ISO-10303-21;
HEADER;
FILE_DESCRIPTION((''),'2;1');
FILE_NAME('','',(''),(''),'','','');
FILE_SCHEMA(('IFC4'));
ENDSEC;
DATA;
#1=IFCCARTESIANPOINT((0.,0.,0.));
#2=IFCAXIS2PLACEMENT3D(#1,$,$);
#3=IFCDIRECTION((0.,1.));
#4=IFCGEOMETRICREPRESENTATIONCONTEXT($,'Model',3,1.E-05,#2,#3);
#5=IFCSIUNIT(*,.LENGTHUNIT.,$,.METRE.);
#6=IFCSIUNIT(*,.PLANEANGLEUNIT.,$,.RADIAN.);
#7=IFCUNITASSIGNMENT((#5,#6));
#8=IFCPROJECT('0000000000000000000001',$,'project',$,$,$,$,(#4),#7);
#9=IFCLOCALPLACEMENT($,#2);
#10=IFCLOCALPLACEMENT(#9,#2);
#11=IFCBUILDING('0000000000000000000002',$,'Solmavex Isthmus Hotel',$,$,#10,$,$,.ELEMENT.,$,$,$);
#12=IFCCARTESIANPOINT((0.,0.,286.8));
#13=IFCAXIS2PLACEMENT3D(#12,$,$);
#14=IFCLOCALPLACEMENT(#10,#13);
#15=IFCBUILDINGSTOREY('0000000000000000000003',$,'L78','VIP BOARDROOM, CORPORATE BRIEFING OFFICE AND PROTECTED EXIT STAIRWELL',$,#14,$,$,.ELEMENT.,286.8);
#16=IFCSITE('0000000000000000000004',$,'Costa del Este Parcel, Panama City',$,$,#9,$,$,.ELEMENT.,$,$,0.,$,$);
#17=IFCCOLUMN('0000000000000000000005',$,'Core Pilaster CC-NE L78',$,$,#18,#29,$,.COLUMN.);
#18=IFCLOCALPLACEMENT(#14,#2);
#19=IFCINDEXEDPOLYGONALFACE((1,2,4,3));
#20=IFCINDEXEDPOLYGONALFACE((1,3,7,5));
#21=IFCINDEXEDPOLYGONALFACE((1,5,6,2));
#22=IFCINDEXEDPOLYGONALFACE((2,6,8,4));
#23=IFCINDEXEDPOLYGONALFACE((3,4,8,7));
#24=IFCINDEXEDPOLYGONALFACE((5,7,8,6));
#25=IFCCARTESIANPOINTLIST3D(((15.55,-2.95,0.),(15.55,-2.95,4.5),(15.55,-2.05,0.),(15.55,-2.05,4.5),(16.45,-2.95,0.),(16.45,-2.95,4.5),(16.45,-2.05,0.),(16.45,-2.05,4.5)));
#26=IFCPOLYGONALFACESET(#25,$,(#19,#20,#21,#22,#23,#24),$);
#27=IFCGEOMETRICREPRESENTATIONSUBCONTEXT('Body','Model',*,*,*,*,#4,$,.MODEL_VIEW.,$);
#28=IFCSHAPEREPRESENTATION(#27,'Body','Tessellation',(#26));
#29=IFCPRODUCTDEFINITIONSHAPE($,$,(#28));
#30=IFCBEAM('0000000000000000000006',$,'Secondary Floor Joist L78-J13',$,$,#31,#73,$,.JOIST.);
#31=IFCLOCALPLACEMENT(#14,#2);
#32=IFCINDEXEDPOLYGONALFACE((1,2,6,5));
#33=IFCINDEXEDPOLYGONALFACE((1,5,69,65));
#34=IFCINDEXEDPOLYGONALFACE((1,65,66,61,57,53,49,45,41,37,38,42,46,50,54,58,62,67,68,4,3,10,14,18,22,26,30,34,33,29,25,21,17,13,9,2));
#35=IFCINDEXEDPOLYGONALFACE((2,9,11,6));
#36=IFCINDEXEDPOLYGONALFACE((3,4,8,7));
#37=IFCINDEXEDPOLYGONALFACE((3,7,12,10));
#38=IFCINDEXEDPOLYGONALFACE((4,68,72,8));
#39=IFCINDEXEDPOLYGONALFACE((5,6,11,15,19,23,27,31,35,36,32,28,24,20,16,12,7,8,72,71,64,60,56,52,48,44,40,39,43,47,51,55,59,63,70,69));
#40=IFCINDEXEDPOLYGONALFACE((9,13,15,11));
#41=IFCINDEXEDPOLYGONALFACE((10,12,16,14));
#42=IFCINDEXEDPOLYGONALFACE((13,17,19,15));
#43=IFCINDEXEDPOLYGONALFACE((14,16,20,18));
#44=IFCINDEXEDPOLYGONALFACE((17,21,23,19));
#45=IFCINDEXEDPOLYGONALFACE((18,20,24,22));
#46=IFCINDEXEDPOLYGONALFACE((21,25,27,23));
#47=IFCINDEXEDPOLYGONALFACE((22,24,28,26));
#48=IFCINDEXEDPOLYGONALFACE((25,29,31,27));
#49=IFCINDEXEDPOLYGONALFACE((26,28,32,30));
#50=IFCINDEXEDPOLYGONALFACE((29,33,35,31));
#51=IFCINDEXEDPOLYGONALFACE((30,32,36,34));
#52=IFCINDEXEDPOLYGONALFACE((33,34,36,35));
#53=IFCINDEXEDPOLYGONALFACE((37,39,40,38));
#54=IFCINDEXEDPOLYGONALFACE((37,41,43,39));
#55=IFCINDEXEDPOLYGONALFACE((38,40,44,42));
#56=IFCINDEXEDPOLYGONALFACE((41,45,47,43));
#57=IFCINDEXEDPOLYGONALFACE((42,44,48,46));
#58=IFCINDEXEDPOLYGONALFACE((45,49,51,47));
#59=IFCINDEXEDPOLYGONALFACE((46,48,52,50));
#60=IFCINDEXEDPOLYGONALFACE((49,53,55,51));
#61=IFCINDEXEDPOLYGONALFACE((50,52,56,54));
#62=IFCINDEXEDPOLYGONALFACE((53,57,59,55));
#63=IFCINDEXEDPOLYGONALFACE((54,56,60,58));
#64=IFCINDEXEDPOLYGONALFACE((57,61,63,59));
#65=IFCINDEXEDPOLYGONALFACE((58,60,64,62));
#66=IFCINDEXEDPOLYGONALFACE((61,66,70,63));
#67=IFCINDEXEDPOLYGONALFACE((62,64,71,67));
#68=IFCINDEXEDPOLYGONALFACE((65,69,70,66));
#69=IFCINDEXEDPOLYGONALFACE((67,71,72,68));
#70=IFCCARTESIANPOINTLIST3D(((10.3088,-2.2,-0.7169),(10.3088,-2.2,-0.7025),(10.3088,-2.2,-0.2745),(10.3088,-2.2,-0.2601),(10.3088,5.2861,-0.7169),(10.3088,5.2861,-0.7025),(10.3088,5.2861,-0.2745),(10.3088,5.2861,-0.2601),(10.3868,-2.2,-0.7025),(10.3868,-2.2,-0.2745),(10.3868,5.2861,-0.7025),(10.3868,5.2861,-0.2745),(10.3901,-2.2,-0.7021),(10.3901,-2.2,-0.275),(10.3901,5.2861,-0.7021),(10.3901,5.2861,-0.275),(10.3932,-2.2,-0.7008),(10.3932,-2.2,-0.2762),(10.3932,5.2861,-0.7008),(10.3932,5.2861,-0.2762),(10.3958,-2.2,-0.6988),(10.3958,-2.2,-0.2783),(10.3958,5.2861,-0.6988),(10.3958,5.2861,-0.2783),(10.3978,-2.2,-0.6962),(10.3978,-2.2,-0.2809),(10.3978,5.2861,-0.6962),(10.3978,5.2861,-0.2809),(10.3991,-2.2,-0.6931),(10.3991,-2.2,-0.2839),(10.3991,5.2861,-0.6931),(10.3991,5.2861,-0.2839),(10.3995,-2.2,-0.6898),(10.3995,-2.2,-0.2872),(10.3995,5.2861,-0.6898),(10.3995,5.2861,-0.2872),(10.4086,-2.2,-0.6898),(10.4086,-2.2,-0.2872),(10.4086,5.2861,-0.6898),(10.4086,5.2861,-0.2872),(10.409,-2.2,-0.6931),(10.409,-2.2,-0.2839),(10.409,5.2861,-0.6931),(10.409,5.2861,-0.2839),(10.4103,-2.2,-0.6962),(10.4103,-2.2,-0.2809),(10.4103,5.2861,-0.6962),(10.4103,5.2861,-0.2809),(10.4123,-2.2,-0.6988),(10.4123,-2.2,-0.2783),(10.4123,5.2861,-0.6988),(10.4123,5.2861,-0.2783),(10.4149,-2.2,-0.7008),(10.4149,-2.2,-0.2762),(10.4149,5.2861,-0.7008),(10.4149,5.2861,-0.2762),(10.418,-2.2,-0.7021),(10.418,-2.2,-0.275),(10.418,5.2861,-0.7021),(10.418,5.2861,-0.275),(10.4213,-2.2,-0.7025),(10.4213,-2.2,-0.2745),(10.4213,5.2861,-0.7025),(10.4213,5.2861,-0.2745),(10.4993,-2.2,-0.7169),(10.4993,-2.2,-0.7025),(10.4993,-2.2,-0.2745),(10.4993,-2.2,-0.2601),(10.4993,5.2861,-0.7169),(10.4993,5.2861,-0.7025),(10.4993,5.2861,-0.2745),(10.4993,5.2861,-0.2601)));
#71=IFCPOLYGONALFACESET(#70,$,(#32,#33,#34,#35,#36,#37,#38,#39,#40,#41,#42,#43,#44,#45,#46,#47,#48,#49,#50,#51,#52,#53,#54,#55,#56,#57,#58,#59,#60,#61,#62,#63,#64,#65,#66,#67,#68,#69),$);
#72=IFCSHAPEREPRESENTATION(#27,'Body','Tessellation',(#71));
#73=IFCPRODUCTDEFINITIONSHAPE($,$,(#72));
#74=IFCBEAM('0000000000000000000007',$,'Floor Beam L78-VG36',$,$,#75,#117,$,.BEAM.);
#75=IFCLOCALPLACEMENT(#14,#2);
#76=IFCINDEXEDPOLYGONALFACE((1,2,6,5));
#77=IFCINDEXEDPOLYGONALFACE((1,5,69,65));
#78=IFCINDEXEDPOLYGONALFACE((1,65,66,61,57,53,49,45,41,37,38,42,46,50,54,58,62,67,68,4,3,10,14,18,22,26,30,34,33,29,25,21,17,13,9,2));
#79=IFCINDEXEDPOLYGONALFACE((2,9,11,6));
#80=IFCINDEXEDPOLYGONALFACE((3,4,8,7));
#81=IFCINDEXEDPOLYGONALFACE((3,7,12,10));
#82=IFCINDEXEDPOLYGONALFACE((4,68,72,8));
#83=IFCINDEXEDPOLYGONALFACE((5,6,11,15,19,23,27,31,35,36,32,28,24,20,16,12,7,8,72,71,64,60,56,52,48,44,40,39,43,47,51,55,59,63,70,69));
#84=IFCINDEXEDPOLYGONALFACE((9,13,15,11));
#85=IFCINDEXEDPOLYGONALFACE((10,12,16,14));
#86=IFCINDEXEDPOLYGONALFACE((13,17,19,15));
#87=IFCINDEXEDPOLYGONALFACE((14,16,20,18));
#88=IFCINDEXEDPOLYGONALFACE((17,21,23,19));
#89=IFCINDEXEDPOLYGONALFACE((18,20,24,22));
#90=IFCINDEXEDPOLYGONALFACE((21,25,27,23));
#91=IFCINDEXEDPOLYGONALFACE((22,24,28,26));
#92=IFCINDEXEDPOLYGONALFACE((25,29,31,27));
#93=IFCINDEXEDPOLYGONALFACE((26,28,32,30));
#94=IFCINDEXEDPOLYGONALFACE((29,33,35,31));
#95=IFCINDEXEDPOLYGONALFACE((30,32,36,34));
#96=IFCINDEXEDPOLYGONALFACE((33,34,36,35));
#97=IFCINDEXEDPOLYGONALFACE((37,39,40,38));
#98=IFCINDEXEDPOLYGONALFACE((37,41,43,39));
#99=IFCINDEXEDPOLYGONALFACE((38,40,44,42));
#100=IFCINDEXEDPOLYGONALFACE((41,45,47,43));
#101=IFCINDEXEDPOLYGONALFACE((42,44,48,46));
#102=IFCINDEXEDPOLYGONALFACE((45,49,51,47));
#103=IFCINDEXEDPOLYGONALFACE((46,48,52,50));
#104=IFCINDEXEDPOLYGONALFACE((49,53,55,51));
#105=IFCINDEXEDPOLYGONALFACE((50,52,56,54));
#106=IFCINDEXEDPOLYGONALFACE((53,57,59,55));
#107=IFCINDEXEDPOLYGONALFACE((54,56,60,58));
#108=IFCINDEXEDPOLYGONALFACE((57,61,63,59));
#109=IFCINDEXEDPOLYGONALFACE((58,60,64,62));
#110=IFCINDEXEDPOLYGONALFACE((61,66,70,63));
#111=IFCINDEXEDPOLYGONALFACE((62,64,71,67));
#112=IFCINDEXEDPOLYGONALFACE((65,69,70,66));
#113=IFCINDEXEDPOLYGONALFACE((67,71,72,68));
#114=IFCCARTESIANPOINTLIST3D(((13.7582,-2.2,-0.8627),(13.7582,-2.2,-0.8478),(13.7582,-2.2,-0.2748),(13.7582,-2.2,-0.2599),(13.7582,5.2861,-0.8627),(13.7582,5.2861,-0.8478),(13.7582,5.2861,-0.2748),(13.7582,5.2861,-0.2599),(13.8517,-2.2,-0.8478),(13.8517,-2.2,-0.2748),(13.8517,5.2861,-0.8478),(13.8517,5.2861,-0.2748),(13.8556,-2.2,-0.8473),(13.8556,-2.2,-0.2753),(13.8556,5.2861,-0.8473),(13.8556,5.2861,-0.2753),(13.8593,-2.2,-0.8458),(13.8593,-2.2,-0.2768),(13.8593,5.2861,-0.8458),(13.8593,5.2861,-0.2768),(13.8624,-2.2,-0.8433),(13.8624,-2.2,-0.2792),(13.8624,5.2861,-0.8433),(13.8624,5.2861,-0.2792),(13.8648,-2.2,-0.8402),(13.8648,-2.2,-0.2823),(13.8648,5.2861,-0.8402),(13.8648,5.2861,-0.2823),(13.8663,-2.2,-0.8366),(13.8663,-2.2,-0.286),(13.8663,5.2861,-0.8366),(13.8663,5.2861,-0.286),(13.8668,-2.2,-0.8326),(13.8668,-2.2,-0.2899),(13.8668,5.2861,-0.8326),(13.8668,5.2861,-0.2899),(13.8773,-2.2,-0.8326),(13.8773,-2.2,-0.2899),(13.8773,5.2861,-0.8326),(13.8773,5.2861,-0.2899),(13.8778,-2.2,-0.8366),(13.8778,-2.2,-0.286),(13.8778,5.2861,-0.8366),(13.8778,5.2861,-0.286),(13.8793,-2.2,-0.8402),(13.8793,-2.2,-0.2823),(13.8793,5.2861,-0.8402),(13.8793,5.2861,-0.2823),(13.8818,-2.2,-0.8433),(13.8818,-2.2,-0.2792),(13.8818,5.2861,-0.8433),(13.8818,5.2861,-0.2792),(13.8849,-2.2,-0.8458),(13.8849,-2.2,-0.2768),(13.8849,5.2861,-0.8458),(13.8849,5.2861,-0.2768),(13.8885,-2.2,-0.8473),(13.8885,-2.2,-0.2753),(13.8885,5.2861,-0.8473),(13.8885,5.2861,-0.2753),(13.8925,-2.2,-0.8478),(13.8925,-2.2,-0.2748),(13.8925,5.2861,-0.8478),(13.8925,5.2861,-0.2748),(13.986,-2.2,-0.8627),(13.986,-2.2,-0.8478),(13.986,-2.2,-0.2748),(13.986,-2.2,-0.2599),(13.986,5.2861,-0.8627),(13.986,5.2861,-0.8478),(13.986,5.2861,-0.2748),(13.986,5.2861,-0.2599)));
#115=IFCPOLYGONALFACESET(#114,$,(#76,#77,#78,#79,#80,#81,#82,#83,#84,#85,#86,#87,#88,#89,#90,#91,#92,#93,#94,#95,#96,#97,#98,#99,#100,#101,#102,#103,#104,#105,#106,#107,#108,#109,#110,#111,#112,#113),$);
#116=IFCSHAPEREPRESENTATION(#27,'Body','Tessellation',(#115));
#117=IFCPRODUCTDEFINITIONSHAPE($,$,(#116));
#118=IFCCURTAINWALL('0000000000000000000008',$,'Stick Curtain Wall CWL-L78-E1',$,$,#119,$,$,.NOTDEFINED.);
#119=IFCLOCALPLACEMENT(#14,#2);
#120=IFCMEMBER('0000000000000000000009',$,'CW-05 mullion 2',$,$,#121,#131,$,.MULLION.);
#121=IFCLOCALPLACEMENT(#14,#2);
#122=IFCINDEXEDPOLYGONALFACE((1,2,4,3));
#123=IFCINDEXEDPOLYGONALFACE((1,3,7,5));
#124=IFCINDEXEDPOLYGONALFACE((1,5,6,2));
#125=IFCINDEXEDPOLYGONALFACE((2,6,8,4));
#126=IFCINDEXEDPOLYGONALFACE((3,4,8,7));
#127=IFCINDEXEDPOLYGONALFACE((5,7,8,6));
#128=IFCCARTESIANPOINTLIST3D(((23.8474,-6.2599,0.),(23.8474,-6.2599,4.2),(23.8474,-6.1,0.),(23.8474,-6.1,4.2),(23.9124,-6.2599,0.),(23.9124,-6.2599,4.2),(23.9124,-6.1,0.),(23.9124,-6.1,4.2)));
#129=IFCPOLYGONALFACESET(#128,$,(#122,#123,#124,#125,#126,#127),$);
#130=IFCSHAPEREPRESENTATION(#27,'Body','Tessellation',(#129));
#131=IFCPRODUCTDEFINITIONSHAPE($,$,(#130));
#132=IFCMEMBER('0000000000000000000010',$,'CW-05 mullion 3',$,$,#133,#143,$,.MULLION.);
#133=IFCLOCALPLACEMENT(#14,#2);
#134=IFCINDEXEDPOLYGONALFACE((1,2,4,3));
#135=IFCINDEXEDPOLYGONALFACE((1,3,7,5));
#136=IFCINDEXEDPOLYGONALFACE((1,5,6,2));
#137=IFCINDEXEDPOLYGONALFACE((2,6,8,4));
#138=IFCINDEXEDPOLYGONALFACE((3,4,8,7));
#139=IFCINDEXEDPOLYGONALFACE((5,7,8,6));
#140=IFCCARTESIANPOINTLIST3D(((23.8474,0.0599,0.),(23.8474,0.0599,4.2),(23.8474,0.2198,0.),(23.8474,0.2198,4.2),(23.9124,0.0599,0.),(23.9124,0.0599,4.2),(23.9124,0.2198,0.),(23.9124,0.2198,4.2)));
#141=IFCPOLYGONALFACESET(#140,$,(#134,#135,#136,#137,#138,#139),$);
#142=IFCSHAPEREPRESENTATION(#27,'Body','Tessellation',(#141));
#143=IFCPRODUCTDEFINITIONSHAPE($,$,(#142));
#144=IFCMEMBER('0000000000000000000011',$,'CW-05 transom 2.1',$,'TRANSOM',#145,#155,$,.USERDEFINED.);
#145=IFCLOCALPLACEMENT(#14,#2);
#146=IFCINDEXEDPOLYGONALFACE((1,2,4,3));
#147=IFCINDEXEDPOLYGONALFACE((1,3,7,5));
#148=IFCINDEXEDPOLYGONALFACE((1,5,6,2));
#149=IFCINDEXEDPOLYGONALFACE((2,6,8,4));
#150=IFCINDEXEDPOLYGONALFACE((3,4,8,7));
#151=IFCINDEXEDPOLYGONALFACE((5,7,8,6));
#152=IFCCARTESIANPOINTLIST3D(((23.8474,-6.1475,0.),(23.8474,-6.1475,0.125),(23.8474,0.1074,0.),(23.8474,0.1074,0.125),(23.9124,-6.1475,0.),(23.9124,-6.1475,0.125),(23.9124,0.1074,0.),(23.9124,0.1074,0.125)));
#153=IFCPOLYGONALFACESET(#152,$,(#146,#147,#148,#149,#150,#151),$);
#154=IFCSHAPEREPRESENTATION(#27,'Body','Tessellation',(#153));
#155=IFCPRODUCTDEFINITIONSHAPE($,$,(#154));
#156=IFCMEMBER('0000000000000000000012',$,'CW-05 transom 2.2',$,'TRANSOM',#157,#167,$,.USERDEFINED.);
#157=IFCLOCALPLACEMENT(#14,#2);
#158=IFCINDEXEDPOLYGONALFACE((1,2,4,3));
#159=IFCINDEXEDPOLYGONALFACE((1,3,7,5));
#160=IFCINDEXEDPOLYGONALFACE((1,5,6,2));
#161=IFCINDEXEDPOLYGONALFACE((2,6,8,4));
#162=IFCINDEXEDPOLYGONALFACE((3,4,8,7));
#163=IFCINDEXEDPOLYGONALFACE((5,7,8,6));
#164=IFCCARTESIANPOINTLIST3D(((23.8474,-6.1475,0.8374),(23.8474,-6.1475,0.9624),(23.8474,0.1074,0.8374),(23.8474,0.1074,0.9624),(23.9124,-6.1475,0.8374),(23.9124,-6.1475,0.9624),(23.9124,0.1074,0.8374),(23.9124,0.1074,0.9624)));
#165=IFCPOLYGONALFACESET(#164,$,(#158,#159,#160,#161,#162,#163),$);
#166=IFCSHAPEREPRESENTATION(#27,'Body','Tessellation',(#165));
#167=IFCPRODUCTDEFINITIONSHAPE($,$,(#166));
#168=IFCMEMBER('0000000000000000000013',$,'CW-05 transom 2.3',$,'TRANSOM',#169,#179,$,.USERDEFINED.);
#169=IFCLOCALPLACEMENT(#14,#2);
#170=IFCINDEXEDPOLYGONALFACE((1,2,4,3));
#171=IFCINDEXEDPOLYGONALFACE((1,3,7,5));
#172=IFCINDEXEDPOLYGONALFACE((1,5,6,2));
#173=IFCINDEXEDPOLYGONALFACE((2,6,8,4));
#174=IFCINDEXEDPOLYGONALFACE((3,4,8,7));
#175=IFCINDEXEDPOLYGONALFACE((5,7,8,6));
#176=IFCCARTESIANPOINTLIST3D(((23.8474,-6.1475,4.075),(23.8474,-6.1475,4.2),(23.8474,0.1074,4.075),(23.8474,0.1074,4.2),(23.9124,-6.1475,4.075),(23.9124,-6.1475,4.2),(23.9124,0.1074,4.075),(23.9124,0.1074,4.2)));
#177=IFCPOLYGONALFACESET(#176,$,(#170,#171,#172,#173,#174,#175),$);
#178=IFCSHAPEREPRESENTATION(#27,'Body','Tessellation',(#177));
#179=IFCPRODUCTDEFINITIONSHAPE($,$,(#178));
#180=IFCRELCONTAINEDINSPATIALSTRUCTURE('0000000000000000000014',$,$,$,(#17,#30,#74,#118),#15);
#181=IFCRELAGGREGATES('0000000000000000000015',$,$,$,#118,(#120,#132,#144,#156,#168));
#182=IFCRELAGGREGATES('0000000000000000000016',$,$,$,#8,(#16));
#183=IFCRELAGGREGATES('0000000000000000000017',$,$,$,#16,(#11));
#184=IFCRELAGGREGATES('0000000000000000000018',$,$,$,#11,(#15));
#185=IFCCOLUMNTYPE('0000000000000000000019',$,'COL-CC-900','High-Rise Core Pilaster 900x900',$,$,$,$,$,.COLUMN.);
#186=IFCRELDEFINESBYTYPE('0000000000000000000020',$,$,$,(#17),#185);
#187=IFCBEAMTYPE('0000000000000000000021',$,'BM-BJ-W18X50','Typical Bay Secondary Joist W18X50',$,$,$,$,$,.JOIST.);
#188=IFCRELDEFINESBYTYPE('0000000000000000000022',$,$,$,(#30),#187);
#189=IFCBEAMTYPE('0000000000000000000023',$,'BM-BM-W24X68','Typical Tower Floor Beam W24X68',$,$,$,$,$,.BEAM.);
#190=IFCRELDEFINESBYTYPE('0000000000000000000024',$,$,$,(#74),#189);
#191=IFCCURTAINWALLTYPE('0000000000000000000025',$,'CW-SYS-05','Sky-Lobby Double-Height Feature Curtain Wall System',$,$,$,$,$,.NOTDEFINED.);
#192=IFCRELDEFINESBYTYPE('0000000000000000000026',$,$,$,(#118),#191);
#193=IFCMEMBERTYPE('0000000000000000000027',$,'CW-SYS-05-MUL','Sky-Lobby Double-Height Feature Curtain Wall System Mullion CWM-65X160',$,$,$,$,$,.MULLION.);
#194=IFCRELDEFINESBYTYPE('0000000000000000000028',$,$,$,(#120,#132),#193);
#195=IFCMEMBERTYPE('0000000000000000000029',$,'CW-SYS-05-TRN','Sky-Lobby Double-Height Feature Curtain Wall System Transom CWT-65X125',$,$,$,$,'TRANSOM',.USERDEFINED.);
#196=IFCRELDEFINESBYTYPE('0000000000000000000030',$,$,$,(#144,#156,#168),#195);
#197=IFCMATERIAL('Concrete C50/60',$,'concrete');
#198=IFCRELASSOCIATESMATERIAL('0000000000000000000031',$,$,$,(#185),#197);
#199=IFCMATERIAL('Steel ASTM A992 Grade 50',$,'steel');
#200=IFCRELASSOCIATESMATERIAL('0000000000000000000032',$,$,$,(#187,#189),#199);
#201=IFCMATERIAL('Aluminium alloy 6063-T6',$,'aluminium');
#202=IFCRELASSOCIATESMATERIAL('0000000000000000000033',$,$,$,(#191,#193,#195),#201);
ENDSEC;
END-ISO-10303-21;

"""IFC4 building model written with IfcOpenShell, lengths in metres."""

from ifc_helpers import new_model, si_unit, direction, frame, origin, origin_2d, place, context, subcontext, project, spatial, rectangle, i_section, extrude, material, material_profile, profile_set, type_object, element, aggregate, save


model = new_model("IFC4")

# Units and contexts
model_context = context("Model", 3, precision=1e-05, world=origin(), true_north=direction((0.0, 1.0)))
body_context = subcontext(model_context, "Body", "Model", "MODEL_VIEW")
ifc_project = project(units=[si_unit("LENGTHUNIT", "METRE"), si_unit("PLANEANGLEUNIT", "RADIAN")], contexts=[model_context])

# Site, building, storey
site_placement = place(None, origin())
site = spatial("IfcSite", under=ifc_project, at=site_placement, Name="Costa del Este Parcel, Panama City", CompositionType="ELEMENT", RefElevation=0.0)
building_placement = place(site_placement, origin())
building = spatial("IfcBuilding", under=site, at=building_placement, Name="Solmavex Isthmus Hotel", CompositionType="ELEMENT")
storey_placement = place(building_placement, frame((0.0, 0.0, 286.8)))
storey = spatial("IfcBuildingStorey", under=building, at=storey_placement, Name="L78", Description="VIP BOARDROOM, CORPORATE BRIEFING OFFICE AND PROTECTED EXIT STAIRWELL", CompositionType="ELEMENT", Elevation=286.8)

# Column
ifc_material_1 = material(Name="Concrete C50/60", Category="concrete")
ifc_material_profile_1 = material_profile(ifc_material_1, rectangle(XDim=0.8999, YDim=0.8999, at=origin_2d()), Name="RC900X900")
ifc_profile_set_1 = profile_set([ifc_material_profile_1], Name="Concrete C50/60")
column_type = type_object("IfcColumnType", Name="COL-CC-900", Description="High-Rise Core Pilaster 900x900", PredefinedType="COLUMN", material=ifc_profile_set_1)
column_placement = place(storey_placement, frame((16.0, -2.5, 0.0), z_axis=(0.0, 0.0, 1.0), x_axis=(1.0, 0.0, 0.0)))
element("IfcColumn", 1, at=column_placement, inside=storey, type_object=column_type, Name="Core Pilaster CC-NE L78", PredefinedType="COLUMN", context=body_context, shape_type="SweptSolid", body=[
    extrude(rectangle(XDim=0.8999, YDim=0.8999, at=origin_2d()), origin(), (0.0, 0.0, 1.0), 4.5),
])

# Beams
ifc_material_2 = material(Name="Steel ASTM A992 Grade 50", Category="steel")
ifc_material_profile_2 = material_profile(ifc_material_2, i_section(OverallWidth=0.1904, OverallDepth=0.4568, WebThickness=0.009, FlangeThickness=0.0144, FilletRadius=0.0127, at=origin_2d()), Name="W18X50")
ifc_profile_set_2 = profile_set([ifc_material_profile_2], Name="Steel ASTM A992 Grade 50")
beam_type_1 = type_object("IfcBeamType", Name="BM-BJ-W18X50", Description="Typical Bay Secondary Joist W18X50", PredefinedType="JOIST", material=ifc_profile_set_2)
beam_1_placement = place(storey_placement, frame((10.4041, -2.2, -0.4885), z_axis=(0.0, 1.0, 0.0), x_axis=(-1.0, 0.0, 0.0)))
element("IfcBeam", 2, at=beam_1_placement, inside=storey, type_object=beam_type_1, Name="Secondary Floor Joist L78-J13", PredefinedType="JOIST", context=body_context, shape_type="SweptSolid", body=[
    extrude(i_section(OverallWidth=0.1904, OverallDepth=0.4568, WebThickness=0.009, FlangeThickness=0.0144, FilletRadius=0.0127, at=origin_2d()), origin(), (0.0, 0.0, 1.0), 7.4861),
])
ifc_material_profile_3 = material_profile(ifc_material_2, i_section(OverallWidth=0.2278, OverallDepth=0.6028, WebThickness=0.0105, FlangeThickness=0.0149, FilletRadius=0.0151, at=origin_2d()), Name="W24X68")
ifc_profile_set_3 = profile_set([ifc_material_profile_3], Name="Steel ASTM A992 Grade 50")
beam_type_2 = type_object("IfcBeamType", Name="BM-BM-W24X68", Description="Typical Tower Floor Beam W24X68", PredefinedType="BEAM", material=ifc_profile_set_3)
beam_2_placement = place(storey_placement, frame((13.8721, -2.2, -0.5613), z_axis=(0.0, 1.0, 0.0), x_axis=(-1.0, 0.0, 0.0)))
element("IfcBeam", 3, at=beam_2_placement, inside=storey, type_object=beam_type_2, Name="Floor Beam L78-VG36", PredefinedType="BEAM", context=body_context, shape_type="SweptSolid", body=[
    extrude(i_section(OverallWidth=0.2278, OverallDepth=0.6028, WebThickness=0.0105, FlangeThickness=0.0149, FilletRadius=0.0151, at=origin_2d()), origin(), (0.0, 0.0, 1.0), 7.4861),
])

# Curtain wall, members
ifc_material_3 = material(Name="Aluminium alloy 6063-T6", Category="aluminium")
curtain_wall_type = type_object("IfcCurtainWallType", Name="CW-SYS-05", Description="Sky-Lobby Double-Height Feature Curtain Wall System", PredefinedType="NOTDEFINED", material=ifc_material_3)
curtain_wall_placement = place(storey_placement, origin())
curtain_wall = element("IfcCurtainWall", 4, at=curtain_wall_placement, inside=storey, type_object=curtain_wall_type, Name="Stick Curtain Wall CWL-L78-E1", PredefinedType="NOTDEFINED")
ifc_material_profile_4 = material_profile(ifc_material_3, rectangle(XDim=0.0649, YDim=0.1599, at=origin_2d()), Name="CWM-65X160")
ifc_profile_set_4 = profile_set([ifc_material_profile_4], Name="Aluminium alloy 6063-T6")
member_type_1 = type_object("IfcMemberType", Name="CW-SYS-05-MUL", Description="Sky-Lobby Double-Height Feature Curtain Wall System Mullion CWM-65X160", PredefinedType="MULLION", material=ifc_profile_set_4)
member_1_placement = place(storey_placement, frame((23.8799, -6.1799, 0.0), z_axis=(0.0, 0.0, 1.0), x_axis=(-1.0, 0.0, 0.0)))
member_1 = element("IfcMember", 5, at=member_1_placement, type_object=member_type_1, Name="CW-05 mullion 2", PredefinedType="MULLION", context=body_context, shape_type="SweptSolid", body=[
    extrude(rectangle(XDim=0.0649, YDim=0.1599, at=origin_2d()), origin(), (0.0, 0.0, 1.0), 4.2),
])
member_2_placement = place(storey_placement, frame((23.8799, 0.1399, 0.0), z_axis=(0.0, 0.0, 1.0), x_axis=(-1.0, 0.0, 0.0)))
member_2 = element("IfcMember", 6, at=member_2_placement, type_object=member_type_1, Name="CW-05 mullion 3", PredefinedType="MULLION", context=body_context, shape_type="SweptSolid", body=[
    extrude(rectangle(XDim=0.0649, YDim=0.1599, at=origin_2d()), origin(), (0.0, 0.0, 1.0), 4.2),
])
ifc_material_profile_5 = material_profile(ifc_material_3, rectangle(XDim=0.0649, YDim=0.125, at=origin_2d()), Name="CWT-65X125")
ifc_profile_set_5 = profile_set([ifc_material_profile_5], Name="Aluminium alloy 6063-T6")
member_type_2 = type_object("IfcMemberType", Name="CW-SYS-05-TRN", Description="Sky-Lobby Double-Height Feature Curtain Wall System Transom CWT-65X125", ElementType="TRANSOM", PredefinedType="USERDEFINED", material=ifc_profile_set_5)
member_3_placement = place(storey_placement, frame((23.8799, -6.1475, 0.0625), z_axis=(0.0, 1.0, 0.0), x_axis=(-1.0, 0.0, 0.0)))
member_3 = element("IfcMember", 7, at=member_3_placement, type_object=member_type_2, Name="CW-05 transom 2.1", ObjectType="TRANSOM", PredefinedType="USERDEFINED", context=body_context, shape_type="SweptSolid", body=[
    extrude(rectangle(XDim=0.0649, YDim=0.125, at=origin_2d()), origin(), (0.0, 0.0, 1.0), 6.2549),
])
member_4_placement = place(storey_placement, frame((23.8799, -6.1475, 0.8999), z_axis=(0.0, 1.0, 0.0), x_axis=(-1.0, 0.0, 0.0)))
member_4 = element("IfcMember", 8, at=member_4_placement, type_object=member_type_2, Name="CW-05 transom 2.2", ObjectType="TRANSOM", PredefinedType="USERDEFINED", context=body_context, shape_type="SweptSolid", body=[
    extrude(rectangle(XDim=0.0649, YDim=0.125, at=origin_2d()), origin(), (0.0, 0.0, 1.0), 6.2549),
])
member_5_placement = place(storey_placement, frame((23.8799, -6.1475, 4.1375), z_axis=(0.0, 1.0, 0.0), x_axis=(-1.0, 0.0, 0.0)))
member_5 = element("IfcMember", 9, at=member_5_placement, type_object=member_type_2, Name="CW-05 transom 2.3", ObjectType="TRANSOM", PredefinedType="USERDEFINED", context=body_context, shape_type="SweptSolid", body=[
    extrude(rectangle(XDim=0.0649, YDim=0.125, at=origin_2d()), origin(), (0.0, 0.0, 1.0), 6.2549),
])
aggregate(curtain_wall, [member_1, member_2, member_3, member_4, member_5])

save(model, "model.ifc")
